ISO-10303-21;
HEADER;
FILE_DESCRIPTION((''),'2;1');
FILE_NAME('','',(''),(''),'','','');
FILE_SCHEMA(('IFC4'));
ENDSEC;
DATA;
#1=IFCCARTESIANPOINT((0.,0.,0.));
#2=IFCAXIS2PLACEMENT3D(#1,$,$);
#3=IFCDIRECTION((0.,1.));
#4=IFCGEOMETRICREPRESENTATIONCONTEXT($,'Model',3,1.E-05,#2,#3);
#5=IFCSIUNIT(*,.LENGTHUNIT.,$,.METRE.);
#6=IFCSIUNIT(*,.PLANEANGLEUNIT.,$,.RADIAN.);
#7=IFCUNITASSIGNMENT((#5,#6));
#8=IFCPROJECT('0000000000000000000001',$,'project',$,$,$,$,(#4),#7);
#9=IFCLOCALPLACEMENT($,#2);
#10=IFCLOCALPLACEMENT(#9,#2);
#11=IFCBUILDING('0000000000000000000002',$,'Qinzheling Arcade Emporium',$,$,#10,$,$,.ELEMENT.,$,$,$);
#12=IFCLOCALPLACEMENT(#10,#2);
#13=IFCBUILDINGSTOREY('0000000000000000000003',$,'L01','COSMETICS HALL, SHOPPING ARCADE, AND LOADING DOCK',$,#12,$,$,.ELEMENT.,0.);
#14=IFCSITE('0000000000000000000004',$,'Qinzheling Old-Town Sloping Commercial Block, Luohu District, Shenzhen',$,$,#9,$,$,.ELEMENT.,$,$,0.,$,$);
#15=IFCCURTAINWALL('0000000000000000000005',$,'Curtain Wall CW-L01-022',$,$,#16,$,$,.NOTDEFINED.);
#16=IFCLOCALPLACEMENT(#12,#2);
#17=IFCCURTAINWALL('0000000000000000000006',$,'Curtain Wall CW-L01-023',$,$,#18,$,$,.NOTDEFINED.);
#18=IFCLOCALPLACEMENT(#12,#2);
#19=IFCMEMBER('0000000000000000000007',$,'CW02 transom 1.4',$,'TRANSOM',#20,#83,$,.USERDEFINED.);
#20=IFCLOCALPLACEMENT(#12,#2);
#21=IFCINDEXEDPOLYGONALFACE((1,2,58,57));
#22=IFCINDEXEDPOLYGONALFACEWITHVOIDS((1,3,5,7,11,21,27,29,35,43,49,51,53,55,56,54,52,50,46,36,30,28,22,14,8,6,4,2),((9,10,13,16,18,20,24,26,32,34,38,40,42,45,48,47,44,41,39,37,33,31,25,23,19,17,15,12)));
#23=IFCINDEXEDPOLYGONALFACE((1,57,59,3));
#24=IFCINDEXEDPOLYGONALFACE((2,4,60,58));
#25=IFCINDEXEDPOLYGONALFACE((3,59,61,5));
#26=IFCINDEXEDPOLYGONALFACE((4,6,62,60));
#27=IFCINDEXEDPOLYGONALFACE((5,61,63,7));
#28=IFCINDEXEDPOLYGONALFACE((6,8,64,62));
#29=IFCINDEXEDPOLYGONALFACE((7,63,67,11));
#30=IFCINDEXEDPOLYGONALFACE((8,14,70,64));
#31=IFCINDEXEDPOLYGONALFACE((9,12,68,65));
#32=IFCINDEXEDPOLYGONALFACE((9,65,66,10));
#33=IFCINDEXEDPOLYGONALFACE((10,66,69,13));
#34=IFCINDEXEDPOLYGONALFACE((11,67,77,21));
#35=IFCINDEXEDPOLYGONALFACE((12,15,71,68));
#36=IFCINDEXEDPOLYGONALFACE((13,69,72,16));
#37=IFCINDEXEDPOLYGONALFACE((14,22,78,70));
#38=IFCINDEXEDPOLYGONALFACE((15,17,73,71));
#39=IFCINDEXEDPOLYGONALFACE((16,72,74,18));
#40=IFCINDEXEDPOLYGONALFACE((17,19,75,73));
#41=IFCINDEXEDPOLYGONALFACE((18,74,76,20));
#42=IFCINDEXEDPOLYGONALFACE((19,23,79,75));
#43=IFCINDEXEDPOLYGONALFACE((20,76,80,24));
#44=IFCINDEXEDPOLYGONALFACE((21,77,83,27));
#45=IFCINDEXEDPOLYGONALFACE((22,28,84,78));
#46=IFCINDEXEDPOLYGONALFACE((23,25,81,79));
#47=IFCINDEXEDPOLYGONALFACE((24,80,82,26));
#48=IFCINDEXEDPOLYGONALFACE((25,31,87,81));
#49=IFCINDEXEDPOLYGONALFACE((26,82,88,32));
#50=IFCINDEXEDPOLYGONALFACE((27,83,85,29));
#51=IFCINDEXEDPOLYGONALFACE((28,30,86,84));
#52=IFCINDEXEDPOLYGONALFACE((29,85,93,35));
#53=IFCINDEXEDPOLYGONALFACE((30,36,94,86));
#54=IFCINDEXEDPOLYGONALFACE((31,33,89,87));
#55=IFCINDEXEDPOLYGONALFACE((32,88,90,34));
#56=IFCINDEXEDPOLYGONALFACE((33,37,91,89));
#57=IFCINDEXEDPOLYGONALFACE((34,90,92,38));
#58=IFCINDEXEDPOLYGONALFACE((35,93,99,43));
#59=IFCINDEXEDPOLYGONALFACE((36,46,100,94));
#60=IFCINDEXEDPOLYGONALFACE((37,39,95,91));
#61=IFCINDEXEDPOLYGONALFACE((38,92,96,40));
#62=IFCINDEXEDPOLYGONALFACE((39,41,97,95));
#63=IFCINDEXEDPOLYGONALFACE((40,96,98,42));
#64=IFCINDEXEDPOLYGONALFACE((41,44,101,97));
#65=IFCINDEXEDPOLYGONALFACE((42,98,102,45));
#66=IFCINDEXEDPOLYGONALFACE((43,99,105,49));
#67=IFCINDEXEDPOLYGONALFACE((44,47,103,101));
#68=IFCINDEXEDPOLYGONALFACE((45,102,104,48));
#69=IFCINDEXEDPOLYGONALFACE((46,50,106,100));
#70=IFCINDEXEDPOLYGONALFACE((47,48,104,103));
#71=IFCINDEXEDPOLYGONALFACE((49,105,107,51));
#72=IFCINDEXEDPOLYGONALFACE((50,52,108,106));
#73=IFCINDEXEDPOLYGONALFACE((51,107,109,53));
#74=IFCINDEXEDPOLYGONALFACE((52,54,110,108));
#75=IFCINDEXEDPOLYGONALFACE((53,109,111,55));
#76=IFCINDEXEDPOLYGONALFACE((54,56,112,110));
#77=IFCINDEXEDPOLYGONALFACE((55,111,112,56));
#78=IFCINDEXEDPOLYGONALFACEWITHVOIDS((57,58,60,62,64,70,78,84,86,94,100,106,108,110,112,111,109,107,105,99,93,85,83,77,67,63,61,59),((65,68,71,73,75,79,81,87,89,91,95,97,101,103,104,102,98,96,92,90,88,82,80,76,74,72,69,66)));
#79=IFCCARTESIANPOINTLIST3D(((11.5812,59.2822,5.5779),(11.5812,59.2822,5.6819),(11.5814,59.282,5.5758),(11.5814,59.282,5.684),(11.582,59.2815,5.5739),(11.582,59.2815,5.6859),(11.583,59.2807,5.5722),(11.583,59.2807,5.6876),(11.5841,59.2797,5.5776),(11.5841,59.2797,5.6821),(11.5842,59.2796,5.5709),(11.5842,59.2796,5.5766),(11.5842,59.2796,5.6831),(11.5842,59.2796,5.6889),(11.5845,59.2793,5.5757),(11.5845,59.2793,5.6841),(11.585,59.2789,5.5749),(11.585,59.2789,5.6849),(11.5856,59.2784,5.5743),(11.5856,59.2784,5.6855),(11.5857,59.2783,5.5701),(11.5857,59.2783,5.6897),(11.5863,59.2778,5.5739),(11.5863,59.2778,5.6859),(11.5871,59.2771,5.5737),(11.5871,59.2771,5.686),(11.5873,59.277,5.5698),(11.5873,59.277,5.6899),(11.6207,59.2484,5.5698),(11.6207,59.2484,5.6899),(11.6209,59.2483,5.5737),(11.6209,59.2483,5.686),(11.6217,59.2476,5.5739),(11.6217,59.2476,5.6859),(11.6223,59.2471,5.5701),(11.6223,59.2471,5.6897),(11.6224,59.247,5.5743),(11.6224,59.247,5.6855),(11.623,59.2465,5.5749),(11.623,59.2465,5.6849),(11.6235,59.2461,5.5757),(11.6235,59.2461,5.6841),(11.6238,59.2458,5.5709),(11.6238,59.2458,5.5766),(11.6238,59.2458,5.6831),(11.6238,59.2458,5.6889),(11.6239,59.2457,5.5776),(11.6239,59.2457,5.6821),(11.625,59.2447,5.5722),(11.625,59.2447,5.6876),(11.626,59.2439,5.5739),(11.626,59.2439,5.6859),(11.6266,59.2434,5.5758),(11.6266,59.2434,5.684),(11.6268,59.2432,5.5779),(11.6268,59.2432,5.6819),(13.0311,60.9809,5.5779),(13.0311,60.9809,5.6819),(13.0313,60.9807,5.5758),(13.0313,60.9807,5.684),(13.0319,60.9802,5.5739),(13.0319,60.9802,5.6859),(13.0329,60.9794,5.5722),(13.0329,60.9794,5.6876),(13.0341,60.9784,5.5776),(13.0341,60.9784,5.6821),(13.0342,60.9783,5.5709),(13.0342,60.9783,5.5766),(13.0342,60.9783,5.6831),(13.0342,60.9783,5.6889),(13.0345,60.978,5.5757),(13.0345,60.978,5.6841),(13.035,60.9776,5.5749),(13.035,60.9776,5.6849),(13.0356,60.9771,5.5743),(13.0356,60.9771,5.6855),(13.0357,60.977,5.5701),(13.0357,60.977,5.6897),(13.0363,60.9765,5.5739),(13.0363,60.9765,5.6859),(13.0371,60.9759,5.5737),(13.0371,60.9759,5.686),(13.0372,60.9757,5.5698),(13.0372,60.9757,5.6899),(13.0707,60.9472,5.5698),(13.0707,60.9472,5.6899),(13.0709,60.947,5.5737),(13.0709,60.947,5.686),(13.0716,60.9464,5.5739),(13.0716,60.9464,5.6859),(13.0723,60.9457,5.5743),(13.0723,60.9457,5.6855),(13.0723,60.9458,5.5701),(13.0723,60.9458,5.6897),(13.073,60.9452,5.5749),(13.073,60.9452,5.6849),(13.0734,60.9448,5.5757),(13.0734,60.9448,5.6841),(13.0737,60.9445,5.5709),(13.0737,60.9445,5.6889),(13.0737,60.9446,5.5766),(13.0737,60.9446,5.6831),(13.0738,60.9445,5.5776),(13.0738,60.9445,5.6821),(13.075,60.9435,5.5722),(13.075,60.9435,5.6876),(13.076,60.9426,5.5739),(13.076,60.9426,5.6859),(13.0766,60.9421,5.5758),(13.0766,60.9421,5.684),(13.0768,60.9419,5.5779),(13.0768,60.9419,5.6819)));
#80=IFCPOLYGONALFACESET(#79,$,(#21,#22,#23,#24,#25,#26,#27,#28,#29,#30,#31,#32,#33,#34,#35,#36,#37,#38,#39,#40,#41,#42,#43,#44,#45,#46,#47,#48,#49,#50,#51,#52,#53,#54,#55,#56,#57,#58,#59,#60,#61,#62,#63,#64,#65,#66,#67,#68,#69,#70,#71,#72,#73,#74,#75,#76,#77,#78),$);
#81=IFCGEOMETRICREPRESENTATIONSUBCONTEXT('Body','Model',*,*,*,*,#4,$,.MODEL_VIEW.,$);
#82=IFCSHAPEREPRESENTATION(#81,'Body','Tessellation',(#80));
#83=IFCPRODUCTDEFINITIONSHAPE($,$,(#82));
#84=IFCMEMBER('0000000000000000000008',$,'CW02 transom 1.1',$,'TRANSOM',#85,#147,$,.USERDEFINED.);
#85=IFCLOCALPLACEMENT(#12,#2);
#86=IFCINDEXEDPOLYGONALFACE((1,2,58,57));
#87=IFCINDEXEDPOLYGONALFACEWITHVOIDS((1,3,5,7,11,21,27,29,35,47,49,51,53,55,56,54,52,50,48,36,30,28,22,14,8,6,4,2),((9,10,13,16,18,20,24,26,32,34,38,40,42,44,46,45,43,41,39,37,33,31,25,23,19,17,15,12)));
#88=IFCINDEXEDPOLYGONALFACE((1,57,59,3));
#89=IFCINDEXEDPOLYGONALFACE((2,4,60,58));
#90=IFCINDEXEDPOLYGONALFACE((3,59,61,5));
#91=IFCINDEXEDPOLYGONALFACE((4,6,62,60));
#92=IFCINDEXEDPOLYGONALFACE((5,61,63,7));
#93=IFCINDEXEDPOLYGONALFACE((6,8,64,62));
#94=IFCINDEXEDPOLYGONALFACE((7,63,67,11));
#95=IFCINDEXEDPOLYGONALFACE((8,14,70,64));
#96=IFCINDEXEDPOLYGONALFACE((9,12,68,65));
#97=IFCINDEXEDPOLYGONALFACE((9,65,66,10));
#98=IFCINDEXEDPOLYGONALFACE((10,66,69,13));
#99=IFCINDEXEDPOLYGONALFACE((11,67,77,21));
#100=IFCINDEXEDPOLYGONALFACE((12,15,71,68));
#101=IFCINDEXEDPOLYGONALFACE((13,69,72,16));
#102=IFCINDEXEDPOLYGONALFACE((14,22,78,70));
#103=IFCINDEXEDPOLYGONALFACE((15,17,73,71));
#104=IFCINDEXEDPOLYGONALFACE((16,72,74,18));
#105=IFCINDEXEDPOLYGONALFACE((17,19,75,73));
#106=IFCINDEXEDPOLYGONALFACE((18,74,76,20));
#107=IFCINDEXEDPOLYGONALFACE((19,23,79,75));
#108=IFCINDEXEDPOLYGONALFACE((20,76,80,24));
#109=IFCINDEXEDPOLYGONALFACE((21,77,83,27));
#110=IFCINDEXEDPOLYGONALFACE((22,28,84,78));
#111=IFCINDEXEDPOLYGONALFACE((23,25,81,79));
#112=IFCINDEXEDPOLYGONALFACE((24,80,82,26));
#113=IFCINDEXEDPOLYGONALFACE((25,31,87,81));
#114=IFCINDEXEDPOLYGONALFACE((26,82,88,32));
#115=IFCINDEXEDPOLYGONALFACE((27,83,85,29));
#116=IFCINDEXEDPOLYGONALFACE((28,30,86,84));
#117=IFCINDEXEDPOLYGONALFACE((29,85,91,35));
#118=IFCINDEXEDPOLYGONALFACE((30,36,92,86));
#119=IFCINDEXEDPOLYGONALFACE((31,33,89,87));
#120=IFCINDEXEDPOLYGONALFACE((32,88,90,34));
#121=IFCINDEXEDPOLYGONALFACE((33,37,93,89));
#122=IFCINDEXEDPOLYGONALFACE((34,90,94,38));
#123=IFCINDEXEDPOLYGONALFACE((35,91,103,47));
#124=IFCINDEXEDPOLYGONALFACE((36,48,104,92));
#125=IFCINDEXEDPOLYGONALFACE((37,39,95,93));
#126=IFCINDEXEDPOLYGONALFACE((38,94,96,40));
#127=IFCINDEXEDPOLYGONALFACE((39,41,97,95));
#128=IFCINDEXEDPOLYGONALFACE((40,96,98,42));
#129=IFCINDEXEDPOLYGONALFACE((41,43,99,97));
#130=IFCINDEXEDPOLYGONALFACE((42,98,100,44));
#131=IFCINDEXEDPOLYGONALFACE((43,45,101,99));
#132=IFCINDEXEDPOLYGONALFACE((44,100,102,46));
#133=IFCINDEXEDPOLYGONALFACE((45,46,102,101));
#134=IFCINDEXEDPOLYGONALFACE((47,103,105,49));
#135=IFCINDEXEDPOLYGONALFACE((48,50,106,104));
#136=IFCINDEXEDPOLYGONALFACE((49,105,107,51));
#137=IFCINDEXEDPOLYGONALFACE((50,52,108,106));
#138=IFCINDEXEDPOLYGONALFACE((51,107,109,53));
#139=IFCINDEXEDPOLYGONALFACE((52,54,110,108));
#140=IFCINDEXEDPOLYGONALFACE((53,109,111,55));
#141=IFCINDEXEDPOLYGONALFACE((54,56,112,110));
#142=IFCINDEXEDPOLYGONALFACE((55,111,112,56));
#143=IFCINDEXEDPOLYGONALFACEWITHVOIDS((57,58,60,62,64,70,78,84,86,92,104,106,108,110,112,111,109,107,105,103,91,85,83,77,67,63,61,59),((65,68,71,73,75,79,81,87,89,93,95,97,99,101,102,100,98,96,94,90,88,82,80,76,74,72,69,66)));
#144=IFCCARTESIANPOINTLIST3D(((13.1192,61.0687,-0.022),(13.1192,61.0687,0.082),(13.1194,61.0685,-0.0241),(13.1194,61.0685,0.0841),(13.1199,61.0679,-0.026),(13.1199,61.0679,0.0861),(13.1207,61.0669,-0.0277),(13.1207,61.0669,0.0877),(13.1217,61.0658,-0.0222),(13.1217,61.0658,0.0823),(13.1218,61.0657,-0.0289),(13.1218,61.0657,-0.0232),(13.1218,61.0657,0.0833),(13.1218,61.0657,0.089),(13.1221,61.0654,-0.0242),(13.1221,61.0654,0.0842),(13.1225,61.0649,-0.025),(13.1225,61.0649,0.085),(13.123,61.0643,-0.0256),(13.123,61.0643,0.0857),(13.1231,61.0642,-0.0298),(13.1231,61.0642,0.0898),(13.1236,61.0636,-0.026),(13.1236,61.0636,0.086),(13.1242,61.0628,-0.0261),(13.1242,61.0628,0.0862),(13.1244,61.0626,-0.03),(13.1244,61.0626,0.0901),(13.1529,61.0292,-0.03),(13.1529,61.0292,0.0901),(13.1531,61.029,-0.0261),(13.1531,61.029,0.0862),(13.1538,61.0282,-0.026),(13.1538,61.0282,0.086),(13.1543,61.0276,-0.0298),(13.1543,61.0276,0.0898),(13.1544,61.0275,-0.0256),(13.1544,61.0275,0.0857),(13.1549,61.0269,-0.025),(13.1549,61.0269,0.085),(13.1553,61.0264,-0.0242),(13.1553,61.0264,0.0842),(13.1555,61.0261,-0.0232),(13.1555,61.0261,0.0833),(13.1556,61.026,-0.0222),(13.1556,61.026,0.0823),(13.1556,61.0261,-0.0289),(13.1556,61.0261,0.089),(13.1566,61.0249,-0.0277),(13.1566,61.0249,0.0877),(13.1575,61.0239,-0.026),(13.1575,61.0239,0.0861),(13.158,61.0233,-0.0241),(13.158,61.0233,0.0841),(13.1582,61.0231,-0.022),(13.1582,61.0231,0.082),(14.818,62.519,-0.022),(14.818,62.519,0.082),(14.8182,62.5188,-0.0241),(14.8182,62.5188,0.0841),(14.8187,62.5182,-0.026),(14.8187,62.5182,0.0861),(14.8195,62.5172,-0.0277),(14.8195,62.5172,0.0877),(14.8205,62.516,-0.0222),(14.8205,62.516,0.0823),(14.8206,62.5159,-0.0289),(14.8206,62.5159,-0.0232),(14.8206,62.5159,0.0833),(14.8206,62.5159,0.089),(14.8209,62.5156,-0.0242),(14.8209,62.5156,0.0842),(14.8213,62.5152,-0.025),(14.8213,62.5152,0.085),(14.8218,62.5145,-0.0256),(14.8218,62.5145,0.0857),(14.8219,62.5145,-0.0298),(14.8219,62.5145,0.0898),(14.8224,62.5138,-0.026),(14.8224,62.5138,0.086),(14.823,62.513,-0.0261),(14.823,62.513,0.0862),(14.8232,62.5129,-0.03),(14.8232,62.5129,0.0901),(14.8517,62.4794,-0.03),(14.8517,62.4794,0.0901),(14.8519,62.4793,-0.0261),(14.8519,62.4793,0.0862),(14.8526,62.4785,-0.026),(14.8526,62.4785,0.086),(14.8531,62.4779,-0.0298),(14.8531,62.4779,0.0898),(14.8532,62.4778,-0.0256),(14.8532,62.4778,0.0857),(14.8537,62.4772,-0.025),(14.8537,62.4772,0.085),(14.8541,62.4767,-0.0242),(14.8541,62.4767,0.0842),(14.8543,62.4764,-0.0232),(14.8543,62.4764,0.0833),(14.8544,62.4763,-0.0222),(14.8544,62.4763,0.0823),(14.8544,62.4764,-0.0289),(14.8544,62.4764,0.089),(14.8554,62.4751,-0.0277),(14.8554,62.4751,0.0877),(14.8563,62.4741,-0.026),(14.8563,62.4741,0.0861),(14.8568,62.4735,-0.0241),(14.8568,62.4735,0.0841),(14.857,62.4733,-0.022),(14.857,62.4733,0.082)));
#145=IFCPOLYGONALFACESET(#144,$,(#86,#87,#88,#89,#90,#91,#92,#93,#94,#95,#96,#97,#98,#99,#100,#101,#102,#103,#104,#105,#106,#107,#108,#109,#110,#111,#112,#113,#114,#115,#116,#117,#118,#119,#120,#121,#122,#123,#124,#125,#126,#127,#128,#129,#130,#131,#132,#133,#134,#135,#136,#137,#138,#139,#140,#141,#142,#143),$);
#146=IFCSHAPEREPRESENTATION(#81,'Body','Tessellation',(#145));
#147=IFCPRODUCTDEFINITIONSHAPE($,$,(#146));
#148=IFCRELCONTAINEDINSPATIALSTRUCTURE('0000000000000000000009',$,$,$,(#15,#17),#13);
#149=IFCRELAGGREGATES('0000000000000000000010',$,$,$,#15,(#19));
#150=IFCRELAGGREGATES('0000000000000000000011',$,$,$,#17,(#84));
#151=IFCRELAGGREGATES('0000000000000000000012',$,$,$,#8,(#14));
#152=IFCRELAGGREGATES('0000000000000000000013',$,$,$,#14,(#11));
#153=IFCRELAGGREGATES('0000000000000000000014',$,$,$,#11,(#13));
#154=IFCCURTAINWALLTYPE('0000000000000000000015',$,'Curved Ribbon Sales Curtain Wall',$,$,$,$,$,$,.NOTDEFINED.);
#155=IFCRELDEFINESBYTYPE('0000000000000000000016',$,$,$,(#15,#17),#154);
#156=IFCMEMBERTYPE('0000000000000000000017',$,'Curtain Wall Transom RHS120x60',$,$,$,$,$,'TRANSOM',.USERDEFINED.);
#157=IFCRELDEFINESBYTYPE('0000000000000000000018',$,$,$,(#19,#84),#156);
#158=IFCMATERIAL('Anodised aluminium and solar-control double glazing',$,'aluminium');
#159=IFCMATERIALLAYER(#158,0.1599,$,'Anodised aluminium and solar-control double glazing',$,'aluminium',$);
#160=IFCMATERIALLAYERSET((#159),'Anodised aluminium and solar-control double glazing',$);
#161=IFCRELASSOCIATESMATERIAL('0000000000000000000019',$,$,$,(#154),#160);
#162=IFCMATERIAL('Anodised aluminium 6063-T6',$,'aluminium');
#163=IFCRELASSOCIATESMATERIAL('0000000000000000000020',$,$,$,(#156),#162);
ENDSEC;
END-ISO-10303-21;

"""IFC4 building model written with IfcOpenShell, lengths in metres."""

from ifc_helpers import new_model, si_unit, direction, frame, origin, origin_2d, place, context, subcontext, project, spatial, hollow_rectangle, extrude, material, layer, layer_set, material_profile, profile_set, type_object, element, aggregate, save


model = new_model("IFC4")

# Units and contexts
model_context = context("Model", 3, precision=1e-05, world=origin(), true_north=direction((0.0, 1.0)))
body_context = subcontext(model_context, "Body", "Model", "MODEL_VIEW")
ifc_project = project(units=[si_unit("LENGTHUNIT", "METRE"), si_unit("PLANEANGLEUNIT", "RADIAN")], contexts=[model_context])

# Site, building, storey
site_placement = place(None, origin())
site = spatial("IfcSite", under=ifc_project, at=site_placement, Name="Qinzheling Old-Town Sloping Commercial Block, Luohu District, Shenzhen", CompositionType="ELEMENT", RefElevation=0.0)
building_placement = place(site_placement, origin())
building = spatial("IfcBuilding", under=site, at=building_placement, Name="Qinzheling Arcade Emporium", CompositionType="ELEMENT")
storey_placement = place(building_placement, origin())
storey = spatial("IfcBuildingStorey", under=building, at=storey_placement, Name="L01", Description="COSMETICS HALL, SHOPPING ARCADE, AND LOADING DOCK", CompositionType="ELEMENT", Elevation=0.0)

# Shared definitions
ifc_material_1 = material(Name="Anodised aluminium and solar-control double glazing", Category="aluminium")
ifc_layer_1 = layer(ifc_material_1, 0.1599, Name="Anodised aluminium and solar-control double glazing", Category="aluminium")
ifc_layer_set_1 = layer_set([ifc_layer_1], Name="Anodised aluminium and solar-control double glazing")
curtain_wall_type = type_object("IfcCurtainWallType", Name="Curved Ribbon Sales Curtain Wall", PredefinedType="NOTDEFINED", material=ifc_layer_set_1)
ifc_material_2 = material(Name="Anodised aluminium 6063-T6", Category="aluminium")

# Curtain walls
curtain_wall_1_placement = place(storey_placement, origin())
curtain_wall_1 = element("IfcCurtainWall", 1, at=curtain_wall_1_placement, inside=storey, type_object=curtain_wall_type, Name="Curtain Wall CW-L01-022", PredefinedType="NOTDEFINED")
curtain_wall_2_placement = place(storey_placement, origin())
curtain_wall_2 = element("IfcCurtainWall", 2, at=curtain_wall_2_placement, inside=storey, type_object=curtain_wall_type, Name="Curtain Wall CW-L01-023", PredefinedType="NOTDEFINED")

# Members
ifc_material_profile_1 = material_profile(ifc_material_2, hollow_rectangle(XDim=0.0601, YDim=0.1201, WallThickness=0.0039, InnerFilletRadius=0.0039, OuterFilletRadius=0.0081, at=origin_2d()), Name="RHS 120x60x4", Category="aluminium")
ifc_profile_set_1 = profile_set([ifc_material_profile_1], Name="Anodised aluminium 6063-T6")
member_type_1 = type_object("IfcMemberType", Name="Curtain Wall Transom RHS120x60", ElementType="TRANSOM", PredefinedType="USERDEFINED", material=ifc_profile_set_1)
member_1_placement = place(storey_placement, frame((11.604, 59.2627, 5.6299), z_axis=(0.649215, 0.760605, 0.0), x_axis=(-0.760605, 0.649215, 0.0)))
member_1 = element("IfcMember", 3, at=member_1_placement, type_object=member_type_1, Name="CW02 transom 1.4", ObjectType="TRANSOM", PredefinedType="USERDEFINED", context=body_context, shape_type="SweptSolid", body=[
    extrude(hollow_rectangle(XDim=0.0601, YDim=0.1201, WallThickness=0.0039, InnerFilletRadius=0.0039, OuterFilletRadius=0.0081, at=origin_2d()), origin(), (0.0, 0.0, 1.0), 2.2334),
])
member_2_placement = place(storey_placement, frame((13.1387, 61.0459, 0.03), z_axis=(0.760551, 0.649278, 0.0), x_axis=(-0.649278, 0.760551, 0.0)))
member_2 = element("IfcMember", 4, at=member_2_placement, type_object=member_type_1, Name="CW02 transom 1.1", ObjectType="TRANSOM", PredefinedType="USERDEFINED", context=body_context, shape_type="SweptSolid", body=[
    extrude(hollow_rectangle(XDim=0.0601, YDim=0.1201, WallThickness=0.0039, InnerFilletRadius=0.0039, OuterFilletRadius=0.0081, at=origin_2d()), origin(), (0.0, 0.0, 1.0), 2.2336),
])

aggregate(curtain_wall_1, [member_1])
aggregate(curtain_wall_2, [member_2])

save(model, "model.ifc")
